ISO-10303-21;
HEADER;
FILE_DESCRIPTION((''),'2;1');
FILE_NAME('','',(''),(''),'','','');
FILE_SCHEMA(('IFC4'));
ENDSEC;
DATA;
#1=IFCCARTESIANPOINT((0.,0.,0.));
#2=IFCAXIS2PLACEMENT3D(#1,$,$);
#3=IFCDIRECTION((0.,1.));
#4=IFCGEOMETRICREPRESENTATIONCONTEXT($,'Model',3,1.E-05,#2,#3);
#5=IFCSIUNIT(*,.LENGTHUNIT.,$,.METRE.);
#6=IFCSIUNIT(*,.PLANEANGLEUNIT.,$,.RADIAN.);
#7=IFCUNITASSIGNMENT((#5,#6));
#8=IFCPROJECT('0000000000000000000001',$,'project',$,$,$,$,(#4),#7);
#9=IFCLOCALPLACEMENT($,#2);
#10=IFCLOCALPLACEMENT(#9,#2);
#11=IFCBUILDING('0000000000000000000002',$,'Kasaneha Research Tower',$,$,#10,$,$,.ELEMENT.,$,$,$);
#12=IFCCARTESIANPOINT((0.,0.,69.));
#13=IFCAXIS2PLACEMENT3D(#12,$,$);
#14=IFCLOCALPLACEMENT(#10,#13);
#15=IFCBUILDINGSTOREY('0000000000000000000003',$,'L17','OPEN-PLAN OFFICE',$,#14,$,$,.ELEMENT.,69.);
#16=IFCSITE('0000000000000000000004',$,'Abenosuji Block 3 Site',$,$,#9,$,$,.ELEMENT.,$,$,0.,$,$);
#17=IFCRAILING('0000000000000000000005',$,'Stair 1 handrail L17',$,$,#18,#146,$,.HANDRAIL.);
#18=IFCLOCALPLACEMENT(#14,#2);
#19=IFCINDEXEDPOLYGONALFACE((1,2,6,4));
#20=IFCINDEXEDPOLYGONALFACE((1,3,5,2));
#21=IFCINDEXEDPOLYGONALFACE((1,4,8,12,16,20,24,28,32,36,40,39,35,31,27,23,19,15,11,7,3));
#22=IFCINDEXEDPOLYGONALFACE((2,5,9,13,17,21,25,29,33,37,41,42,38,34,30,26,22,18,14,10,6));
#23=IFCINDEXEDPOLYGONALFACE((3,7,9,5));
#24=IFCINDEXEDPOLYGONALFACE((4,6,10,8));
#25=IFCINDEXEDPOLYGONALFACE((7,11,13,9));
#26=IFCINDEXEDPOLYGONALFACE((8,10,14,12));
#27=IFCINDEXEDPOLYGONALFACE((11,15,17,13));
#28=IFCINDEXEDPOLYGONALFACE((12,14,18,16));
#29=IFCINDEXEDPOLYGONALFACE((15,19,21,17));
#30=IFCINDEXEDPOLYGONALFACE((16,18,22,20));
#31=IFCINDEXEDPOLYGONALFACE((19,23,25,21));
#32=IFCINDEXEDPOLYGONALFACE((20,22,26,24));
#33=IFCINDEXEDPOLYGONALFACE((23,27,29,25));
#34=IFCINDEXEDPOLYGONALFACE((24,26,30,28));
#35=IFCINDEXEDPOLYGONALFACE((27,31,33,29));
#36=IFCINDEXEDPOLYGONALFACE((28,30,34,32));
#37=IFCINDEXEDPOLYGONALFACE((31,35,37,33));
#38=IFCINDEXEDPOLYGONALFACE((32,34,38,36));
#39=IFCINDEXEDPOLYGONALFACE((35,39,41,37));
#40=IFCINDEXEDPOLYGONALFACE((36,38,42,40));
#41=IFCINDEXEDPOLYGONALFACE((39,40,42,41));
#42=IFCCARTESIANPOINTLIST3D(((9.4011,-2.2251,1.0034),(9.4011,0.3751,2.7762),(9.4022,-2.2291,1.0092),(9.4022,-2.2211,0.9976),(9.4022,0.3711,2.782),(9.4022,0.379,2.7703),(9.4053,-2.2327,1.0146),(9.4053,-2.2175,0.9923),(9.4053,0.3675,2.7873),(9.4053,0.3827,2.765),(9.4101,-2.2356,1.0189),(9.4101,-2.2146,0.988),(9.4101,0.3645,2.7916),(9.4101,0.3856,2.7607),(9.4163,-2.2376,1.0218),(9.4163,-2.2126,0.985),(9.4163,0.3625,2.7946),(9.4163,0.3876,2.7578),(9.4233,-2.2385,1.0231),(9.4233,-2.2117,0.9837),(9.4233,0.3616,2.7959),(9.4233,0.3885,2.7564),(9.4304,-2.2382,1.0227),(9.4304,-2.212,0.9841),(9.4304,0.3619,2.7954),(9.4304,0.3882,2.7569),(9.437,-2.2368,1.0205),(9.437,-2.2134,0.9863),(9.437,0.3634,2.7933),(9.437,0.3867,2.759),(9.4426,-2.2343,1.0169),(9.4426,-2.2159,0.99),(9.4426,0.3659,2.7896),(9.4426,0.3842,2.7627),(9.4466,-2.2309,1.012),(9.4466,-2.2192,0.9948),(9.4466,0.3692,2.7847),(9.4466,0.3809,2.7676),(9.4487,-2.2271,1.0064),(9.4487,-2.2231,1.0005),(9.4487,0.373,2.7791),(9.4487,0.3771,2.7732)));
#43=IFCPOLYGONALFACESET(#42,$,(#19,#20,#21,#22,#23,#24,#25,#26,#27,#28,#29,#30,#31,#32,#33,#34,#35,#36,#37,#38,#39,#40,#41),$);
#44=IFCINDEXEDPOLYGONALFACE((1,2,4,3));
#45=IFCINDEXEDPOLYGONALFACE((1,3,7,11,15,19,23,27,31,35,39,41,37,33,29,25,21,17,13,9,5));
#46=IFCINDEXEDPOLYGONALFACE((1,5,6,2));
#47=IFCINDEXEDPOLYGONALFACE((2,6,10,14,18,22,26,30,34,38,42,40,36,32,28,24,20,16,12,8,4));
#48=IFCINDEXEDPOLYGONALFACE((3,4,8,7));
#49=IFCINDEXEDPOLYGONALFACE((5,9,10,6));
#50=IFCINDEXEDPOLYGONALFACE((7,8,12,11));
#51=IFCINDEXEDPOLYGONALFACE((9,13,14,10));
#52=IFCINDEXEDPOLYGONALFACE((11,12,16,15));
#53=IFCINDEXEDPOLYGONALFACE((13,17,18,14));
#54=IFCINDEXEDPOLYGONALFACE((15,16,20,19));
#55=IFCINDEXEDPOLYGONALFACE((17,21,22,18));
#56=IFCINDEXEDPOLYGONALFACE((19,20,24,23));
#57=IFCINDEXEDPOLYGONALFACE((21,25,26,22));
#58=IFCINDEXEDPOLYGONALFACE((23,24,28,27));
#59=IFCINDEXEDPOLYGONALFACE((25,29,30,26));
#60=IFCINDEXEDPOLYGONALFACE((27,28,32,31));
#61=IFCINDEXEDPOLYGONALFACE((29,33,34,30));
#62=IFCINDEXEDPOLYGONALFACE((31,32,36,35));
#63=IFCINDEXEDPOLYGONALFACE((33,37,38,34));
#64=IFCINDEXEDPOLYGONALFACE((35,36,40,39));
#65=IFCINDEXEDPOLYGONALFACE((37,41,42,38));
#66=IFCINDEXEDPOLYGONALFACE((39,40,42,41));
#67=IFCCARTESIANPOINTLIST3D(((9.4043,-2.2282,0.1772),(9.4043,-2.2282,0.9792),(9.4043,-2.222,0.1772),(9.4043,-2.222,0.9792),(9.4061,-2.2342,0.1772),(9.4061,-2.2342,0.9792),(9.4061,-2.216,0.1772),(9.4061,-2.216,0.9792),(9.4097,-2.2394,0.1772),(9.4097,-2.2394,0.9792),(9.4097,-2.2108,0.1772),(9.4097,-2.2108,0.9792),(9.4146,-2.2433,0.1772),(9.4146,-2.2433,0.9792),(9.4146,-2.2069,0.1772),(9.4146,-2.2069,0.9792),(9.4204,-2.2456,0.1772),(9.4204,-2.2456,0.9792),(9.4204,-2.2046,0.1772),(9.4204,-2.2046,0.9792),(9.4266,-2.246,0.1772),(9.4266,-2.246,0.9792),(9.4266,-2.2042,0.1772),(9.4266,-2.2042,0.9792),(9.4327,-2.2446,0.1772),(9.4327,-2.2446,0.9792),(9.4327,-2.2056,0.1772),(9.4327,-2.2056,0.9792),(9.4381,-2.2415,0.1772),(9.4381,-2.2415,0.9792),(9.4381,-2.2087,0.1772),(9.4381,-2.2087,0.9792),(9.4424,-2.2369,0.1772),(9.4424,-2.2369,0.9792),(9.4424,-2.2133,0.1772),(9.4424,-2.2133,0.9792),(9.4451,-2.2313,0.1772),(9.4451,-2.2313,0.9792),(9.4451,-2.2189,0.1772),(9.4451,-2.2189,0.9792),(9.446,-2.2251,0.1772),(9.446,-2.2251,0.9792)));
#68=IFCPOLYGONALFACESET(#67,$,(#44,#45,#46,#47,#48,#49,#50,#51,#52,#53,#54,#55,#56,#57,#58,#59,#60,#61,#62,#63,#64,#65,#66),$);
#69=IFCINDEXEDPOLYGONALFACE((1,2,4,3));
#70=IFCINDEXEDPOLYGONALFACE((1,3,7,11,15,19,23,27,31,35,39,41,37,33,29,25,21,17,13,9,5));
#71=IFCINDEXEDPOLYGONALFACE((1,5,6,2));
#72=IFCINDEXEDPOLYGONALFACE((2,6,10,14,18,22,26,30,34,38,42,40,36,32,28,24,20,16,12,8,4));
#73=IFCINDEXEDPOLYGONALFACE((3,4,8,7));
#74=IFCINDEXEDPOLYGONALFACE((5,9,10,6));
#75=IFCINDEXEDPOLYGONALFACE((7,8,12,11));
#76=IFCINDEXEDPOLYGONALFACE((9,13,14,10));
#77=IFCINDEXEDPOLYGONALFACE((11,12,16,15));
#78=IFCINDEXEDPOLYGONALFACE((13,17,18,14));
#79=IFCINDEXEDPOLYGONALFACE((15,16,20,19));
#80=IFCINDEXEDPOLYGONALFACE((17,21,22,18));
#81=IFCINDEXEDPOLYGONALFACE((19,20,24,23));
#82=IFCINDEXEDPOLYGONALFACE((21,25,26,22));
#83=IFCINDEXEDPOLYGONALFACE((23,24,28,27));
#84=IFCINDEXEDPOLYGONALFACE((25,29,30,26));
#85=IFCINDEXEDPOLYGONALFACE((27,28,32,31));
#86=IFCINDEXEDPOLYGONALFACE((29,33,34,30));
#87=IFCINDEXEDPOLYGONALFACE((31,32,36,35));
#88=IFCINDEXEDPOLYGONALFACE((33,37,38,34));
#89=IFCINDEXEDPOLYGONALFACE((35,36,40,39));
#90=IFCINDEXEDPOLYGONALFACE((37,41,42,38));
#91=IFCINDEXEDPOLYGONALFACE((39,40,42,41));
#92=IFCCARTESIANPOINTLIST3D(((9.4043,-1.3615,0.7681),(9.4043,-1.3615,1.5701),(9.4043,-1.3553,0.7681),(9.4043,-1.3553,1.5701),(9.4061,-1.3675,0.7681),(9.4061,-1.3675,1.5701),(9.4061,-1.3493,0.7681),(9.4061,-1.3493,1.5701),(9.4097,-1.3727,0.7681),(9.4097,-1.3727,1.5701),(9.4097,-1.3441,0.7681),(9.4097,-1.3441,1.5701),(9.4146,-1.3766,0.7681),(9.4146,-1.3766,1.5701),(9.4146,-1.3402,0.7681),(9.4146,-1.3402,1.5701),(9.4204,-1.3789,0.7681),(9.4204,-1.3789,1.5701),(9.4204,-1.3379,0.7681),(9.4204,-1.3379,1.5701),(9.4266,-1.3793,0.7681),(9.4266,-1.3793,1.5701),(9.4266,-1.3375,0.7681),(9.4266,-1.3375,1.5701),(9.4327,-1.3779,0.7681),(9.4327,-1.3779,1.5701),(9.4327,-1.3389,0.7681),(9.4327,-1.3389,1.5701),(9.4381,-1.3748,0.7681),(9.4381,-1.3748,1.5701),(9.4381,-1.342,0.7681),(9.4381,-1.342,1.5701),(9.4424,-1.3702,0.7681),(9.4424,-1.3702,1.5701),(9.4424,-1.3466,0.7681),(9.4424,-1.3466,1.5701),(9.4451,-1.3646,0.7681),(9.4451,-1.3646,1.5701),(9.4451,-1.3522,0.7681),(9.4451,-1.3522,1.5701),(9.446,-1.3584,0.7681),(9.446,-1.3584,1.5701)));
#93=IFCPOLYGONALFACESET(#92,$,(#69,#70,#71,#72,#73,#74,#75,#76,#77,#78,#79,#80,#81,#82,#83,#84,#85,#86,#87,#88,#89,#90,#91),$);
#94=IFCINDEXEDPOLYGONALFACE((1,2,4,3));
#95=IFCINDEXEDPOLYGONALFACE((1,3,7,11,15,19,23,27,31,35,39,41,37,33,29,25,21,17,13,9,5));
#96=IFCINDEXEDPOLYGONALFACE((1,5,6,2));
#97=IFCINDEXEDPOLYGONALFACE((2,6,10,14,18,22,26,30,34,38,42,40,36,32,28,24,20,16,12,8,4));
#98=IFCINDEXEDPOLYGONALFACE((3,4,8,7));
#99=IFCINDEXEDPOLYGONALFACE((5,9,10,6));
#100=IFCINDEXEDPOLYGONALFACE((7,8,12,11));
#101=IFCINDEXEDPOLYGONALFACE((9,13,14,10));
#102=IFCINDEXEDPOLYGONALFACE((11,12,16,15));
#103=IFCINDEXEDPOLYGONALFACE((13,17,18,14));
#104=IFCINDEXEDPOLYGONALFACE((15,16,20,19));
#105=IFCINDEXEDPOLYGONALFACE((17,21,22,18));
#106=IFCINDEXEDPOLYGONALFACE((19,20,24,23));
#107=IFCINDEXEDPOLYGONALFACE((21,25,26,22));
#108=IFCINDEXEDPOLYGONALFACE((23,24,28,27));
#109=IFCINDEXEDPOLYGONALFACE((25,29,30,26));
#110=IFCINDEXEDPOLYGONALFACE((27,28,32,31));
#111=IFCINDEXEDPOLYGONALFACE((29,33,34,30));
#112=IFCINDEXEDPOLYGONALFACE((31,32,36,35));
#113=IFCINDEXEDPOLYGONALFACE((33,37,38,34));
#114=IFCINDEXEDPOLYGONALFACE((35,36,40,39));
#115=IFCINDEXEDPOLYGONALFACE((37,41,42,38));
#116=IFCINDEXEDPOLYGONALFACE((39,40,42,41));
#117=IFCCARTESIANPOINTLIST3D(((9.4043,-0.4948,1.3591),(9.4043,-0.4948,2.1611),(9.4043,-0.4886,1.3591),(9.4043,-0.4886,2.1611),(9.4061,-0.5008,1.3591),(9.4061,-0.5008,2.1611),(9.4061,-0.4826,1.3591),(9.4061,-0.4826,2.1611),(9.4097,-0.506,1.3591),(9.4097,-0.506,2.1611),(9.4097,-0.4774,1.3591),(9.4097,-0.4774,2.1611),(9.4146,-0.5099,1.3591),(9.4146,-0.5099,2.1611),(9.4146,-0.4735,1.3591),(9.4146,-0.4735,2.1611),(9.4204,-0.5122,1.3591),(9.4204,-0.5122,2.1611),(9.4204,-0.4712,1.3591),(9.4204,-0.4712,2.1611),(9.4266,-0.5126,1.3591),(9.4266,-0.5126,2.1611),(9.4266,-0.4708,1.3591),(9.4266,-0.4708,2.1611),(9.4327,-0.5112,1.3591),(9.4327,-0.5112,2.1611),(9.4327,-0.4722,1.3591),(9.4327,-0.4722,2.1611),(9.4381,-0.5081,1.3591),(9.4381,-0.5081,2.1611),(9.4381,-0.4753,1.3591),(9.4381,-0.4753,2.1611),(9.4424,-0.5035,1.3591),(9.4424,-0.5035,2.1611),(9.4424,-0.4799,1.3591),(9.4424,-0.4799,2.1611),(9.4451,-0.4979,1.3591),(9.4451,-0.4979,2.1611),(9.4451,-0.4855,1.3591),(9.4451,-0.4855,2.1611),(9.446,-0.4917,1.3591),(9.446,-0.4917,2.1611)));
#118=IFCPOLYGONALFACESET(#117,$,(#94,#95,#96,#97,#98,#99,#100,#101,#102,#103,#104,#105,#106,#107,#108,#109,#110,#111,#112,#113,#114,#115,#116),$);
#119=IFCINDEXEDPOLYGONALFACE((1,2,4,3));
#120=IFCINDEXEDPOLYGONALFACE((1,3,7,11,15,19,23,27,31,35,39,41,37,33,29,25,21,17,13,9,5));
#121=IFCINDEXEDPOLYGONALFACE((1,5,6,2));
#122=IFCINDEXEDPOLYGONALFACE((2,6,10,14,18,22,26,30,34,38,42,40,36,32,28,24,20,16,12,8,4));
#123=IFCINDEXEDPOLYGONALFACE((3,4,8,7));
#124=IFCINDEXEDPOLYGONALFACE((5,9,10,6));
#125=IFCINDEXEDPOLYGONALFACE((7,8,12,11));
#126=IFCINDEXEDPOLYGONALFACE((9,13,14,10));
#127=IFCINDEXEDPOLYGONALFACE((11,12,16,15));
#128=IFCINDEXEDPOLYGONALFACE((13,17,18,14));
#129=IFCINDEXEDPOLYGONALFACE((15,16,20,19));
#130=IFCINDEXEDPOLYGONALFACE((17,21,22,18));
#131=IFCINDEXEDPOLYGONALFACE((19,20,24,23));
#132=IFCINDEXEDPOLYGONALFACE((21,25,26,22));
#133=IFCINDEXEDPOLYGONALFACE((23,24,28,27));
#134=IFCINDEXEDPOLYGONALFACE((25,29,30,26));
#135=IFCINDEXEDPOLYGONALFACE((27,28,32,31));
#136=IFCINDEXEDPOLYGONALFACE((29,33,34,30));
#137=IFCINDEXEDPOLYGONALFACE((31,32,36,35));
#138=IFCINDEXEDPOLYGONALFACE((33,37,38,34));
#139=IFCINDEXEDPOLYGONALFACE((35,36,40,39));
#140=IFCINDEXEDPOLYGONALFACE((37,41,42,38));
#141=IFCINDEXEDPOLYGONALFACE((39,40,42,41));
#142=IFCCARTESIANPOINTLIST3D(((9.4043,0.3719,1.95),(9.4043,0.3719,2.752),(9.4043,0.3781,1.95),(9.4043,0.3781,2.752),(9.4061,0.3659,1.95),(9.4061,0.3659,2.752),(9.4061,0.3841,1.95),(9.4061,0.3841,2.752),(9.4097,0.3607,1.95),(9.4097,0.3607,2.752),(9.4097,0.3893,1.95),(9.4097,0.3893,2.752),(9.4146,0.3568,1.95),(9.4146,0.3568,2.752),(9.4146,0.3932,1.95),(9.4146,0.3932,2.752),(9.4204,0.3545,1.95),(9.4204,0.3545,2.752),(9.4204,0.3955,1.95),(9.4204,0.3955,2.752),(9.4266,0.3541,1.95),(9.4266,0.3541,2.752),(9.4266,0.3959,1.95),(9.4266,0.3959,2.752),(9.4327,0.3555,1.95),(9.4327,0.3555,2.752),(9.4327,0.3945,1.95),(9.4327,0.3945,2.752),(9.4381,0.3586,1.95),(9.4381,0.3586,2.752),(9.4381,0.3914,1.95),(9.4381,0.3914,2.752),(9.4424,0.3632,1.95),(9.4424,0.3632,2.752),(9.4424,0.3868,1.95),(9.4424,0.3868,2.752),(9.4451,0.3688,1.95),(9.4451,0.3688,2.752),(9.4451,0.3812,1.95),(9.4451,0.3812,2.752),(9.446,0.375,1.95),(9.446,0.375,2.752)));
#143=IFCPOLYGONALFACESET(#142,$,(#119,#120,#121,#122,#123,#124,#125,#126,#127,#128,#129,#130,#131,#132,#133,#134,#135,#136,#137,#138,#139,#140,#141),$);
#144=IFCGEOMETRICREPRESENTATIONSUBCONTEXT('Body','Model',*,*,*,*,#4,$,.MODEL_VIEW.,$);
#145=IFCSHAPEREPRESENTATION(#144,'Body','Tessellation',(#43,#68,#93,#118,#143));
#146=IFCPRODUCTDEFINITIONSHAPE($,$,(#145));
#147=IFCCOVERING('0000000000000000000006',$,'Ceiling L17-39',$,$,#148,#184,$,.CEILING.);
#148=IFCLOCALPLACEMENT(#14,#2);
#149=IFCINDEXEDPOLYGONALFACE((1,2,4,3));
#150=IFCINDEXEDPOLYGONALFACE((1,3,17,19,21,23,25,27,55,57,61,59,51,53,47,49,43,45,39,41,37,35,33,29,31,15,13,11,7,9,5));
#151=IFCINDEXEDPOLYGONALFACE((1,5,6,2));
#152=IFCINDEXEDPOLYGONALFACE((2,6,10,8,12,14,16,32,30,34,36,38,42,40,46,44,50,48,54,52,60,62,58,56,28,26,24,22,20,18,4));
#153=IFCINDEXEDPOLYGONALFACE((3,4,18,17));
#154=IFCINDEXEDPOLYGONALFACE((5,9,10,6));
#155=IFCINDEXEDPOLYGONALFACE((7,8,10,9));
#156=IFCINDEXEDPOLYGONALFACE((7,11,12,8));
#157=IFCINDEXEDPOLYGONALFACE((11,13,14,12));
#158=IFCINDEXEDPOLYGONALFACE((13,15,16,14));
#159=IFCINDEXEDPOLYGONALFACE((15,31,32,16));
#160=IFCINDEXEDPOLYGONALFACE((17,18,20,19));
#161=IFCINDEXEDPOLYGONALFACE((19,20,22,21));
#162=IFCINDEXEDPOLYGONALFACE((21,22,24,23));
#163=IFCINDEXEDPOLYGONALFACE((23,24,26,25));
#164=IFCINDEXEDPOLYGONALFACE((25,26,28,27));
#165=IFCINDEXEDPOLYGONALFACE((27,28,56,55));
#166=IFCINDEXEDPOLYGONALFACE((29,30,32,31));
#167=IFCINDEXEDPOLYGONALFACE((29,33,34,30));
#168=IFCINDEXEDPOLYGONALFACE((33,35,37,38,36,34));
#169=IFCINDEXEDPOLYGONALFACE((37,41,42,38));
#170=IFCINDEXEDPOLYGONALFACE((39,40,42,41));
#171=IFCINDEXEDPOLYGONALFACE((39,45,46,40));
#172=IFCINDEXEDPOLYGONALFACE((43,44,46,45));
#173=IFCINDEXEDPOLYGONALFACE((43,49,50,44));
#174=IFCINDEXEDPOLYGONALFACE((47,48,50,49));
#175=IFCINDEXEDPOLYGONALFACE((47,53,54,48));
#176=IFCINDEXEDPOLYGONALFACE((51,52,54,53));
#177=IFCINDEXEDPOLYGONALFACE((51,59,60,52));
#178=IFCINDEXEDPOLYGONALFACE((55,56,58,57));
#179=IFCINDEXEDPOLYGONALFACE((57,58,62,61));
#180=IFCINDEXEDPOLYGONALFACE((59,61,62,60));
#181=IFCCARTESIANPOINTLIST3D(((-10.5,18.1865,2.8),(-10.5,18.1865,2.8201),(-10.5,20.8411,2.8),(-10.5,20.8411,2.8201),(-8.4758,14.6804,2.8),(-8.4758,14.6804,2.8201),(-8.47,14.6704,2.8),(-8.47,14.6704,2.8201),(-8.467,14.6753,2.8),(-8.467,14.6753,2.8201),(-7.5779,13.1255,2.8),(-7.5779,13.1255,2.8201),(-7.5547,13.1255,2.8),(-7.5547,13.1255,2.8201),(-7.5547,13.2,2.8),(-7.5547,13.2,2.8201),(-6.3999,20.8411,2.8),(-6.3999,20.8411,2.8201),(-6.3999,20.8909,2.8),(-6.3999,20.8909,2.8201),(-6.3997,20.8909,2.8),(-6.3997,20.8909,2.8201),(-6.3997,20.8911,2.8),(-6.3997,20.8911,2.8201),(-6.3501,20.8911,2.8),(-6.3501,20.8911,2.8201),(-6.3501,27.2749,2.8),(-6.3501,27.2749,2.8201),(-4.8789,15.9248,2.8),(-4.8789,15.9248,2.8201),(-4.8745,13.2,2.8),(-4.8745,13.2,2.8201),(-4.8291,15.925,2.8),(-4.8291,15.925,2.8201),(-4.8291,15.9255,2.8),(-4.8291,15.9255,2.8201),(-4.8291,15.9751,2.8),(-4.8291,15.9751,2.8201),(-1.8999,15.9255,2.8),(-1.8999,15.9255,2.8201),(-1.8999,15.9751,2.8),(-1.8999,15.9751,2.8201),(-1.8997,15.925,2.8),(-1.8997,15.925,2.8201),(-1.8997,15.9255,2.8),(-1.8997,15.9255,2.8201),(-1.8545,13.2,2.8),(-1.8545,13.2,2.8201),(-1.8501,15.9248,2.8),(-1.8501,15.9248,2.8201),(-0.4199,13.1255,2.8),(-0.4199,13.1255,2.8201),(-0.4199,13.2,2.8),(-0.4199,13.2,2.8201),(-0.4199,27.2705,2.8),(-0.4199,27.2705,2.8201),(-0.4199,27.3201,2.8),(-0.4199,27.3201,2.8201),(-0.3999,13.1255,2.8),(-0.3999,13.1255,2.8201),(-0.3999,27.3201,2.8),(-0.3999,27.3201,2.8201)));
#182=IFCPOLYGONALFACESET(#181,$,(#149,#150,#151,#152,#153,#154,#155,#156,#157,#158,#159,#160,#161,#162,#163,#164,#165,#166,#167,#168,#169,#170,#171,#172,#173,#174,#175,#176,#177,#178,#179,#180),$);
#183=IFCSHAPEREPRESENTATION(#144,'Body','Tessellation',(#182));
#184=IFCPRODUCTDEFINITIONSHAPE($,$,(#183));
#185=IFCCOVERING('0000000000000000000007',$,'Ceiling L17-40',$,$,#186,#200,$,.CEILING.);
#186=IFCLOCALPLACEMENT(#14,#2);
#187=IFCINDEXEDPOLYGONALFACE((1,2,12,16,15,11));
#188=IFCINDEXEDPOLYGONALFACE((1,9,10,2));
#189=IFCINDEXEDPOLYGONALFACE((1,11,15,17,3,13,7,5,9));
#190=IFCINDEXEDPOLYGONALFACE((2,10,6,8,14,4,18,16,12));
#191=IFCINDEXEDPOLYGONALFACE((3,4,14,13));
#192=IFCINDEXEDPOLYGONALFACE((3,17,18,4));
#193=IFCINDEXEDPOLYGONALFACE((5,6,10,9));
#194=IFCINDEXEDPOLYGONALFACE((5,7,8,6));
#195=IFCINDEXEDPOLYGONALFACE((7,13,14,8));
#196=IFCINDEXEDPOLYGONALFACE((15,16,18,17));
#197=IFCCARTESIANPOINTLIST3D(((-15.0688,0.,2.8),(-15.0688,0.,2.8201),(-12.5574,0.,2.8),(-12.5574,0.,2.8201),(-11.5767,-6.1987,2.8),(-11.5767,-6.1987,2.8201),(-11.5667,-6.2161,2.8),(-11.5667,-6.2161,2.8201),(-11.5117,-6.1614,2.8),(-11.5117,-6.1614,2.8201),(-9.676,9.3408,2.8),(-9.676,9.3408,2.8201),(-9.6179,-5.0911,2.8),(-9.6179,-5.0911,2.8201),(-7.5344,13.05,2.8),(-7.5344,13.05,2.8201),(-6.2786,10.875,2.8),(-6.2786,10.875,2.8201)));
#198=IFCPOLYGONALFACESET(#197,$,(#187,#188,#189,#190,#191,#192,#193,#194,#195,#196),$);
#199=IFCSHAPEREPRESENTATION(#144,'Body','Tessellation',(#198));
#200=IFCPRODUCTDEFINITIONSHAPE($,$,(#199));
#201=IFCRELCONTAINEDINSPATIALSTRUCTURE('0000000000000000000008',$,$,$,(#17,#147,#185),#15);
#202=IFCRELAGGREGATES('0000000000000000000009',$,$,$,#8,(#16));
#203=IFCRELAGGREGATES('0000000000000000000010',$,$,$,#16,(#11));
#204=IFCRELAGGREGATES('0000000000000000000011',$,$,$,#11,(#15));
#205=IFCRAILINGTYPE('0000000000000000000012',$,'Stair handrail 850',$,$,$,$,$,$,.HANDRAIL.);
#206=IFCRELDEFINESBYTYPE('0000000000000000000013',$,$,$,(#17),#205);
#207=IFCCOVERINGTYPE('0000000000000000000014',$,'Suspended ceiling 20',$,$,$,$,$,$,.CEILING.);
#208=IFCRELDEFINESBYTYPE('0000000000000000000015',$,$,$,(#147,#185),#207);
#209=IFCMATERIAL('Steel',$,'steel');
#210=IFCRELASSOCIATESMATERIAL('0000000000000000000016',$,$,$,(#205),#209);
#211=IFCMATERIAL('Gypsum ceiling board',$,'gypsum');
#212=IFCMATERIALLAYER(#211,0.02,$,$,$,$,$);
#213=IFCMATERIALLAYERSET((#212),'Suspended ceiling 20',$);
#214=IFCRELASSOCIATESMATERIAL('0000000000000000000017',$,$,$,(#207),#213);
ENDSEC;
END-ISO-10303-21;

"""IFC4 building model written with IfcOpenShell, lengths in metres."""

from ifc_helpers import new_model, si_unit, direction, frame, origin, origin_2d, place, context, subcontext, project, spatial, polyline, circle, outline, extrude, material, layer, layer_set, type_object, element, save


model = new_model("IFC4")

# Units and contexts
model_context = context("Model", 3, precision=1e-05, world=origin(), true_north=direction((0.0, 1.0)))
body_context = subcontext(model_context, "Body", "Model", "MODEL_VIEW")
ifc_project = project(units=[si_unit("LENGTHUNIT", "METRE"), si_unit("PLANEANGLEUNIT", "RADIAN")], contexts=[model_context])

# Site, building, storey
site_placement = place(None, origin())
site = spatial("IfcSite", under=ifc_project, at=site_placement, Name="Abenosuji Block 3 Site", CompositionType="ELEMENT", RefElevation=0.0)
building_placement = place(site_placement, origin())
building = spatial("IfcBuilding", under=site, at=building_placement, Name="Kasaneha Research Tower", CompositionType="ELEMENT")
storey_placement = place(building_placement, frame((0.0, 0.0, 69.0)))
storey = spatial("IfcBuildingStorey", under=building, at=storey_placement, Name="L17", Description="OPEN-PLAN OFFICE", CompositionType="ELEMENT", Elevation=69.0)

# Railing
ifc_material_1 = material(Name="Steel", Category="steel")
railing_type = type_object("IfcRailingType", Name="Stair handrail 850", PredefinedType="HANDRAIL", material=ifc_material_1)
railing_placement = place(storey_placement, frame((9.425, -2.2251, 0.1772)))
element("IfcRailing", 1, at=railing_placement, inside=storey, type_object=railing_type, Name="Stair 1 handrail L17", PredefinedType="HANDRAIL", context=body_context, shape_type="SweptSolid", body=[
    extrude(circle(Radius=0.0239, at=origin_2d()), frame((0.0, 0.0, 0.8262), z_axis=(0.0, 0.82624, 0.563318), x_axis=(-1.0, 0.0, 0.0)), (0.0, 0.0, 1.0), 3.147),
    extrude(circle(Radius=0.021, at=origin_2d()), origin(), (0.0, 0.0, 1.0), 0.802),
    extrude(circle(Radius=0.021, at=origin_2d()), frame((0.0, 0.8667, 0.5908)), (0.0, 0.0, 1.0), 0.802),
    extrude(circle(Radius=0.021, at=origin_2d()), frame((0.0, 1.7334, 1.1819)), (0.0, 0.0, 1.0), 0.802),
    extrude(circle(Radius=0.021, at=origin_2d()), frame((0.0, 2.6001, 1.7727)), (0.0, 0.0, 1.0), 0.802),
])

# Coverings
ifc_material_2 = material(Name="Gypsum ceiling board", Category="gypsum")
ifc_layer_1 = layer(ifc_material_2, 0.02)
ifc_layer_set_1 = layer_set([ifc_layer_1], Name="Suspended ceiling 20")
covering_type = type_object("IfcCoveringType", Name="Suspended ceiling 20", PredefinedType="CEILING", material=ifc_layer_set_1)
covering_1_placement = place(storey_placement, frame((0.0, 0.0, 2.8)))
element("IfcCovering", 2, at=covering_1_placement, inside=storey, type_object=covering_type, Name="Ceiling L17-39", PredefinedType="CEILING", context=body_context, shape_type="SweptSolid", body=[
    extrude(outline(polyline([(-1.8997, 15.9255), (-1.8999, 15.9255), (-1.8999, 15.9751), (-4.8291, 15.9751), (-4.8291, 15.9255), (-4.8291, 15.925), (-4.8789, 15.9248), (-4.8745, 13.2), (-7.5547, 13.2), (-7.5547, 13.1255), (-7.5779, 13.1255), (-8.47, 14.6704), (-8.467, 14.6753), (-8.4758, 14.6804), (-10.5, 18.1865), (-10.5, 20.8411), (-6.3999, 20.8411), (-6.3999, 20.8909), (-6.3997, 20.8909), (-6.3997, 20.8911), (-6.3501, 20.8911), (-6.3501, 27.2749), (-0.4199, 27.2705), (-0.4199, 27.3201), (-0.3999, 27.3201), (-0.3999, 13.1255), (-0.4199, 13.1255), (-0.4199, 13.2), (-1.8545, 13.2), (-1.8501, 15.9248), (-1.8997, 15.925), (-1.8997, 15.9255)])), origin(), (0.0, 0.0, 1.0), 0.02),
])
covering_2_placement = place(storey_placement, frame((0.0, 0.0, 2.8)))
element("IfcCovering", 3, at=covering_2_placement, inside=storey, type_object=covering_type, Name="Ceiling L17-40", PredefinedType="CEILING", context=body_context, shape_type="SweptSolid", body=[
    extrude(outline(polyline([(-12.5574, 0.0), (-9.6179, -5.0911), (-11.5667, -6.2161), (-11.5767, -6.1987), (-11.5117, -6.1614), (-15.0688, 0.0), (-9.676, 9.3408), (-9.676, 9.3408), (-7.5344, 13.05), (-7.5344, 13.05), (-6.2786, 10.875), (-12.5574, 0.0)])), origin(), (0.0, 0.0, 1.0), 0.02),
])

save(model, "model.ifc")
